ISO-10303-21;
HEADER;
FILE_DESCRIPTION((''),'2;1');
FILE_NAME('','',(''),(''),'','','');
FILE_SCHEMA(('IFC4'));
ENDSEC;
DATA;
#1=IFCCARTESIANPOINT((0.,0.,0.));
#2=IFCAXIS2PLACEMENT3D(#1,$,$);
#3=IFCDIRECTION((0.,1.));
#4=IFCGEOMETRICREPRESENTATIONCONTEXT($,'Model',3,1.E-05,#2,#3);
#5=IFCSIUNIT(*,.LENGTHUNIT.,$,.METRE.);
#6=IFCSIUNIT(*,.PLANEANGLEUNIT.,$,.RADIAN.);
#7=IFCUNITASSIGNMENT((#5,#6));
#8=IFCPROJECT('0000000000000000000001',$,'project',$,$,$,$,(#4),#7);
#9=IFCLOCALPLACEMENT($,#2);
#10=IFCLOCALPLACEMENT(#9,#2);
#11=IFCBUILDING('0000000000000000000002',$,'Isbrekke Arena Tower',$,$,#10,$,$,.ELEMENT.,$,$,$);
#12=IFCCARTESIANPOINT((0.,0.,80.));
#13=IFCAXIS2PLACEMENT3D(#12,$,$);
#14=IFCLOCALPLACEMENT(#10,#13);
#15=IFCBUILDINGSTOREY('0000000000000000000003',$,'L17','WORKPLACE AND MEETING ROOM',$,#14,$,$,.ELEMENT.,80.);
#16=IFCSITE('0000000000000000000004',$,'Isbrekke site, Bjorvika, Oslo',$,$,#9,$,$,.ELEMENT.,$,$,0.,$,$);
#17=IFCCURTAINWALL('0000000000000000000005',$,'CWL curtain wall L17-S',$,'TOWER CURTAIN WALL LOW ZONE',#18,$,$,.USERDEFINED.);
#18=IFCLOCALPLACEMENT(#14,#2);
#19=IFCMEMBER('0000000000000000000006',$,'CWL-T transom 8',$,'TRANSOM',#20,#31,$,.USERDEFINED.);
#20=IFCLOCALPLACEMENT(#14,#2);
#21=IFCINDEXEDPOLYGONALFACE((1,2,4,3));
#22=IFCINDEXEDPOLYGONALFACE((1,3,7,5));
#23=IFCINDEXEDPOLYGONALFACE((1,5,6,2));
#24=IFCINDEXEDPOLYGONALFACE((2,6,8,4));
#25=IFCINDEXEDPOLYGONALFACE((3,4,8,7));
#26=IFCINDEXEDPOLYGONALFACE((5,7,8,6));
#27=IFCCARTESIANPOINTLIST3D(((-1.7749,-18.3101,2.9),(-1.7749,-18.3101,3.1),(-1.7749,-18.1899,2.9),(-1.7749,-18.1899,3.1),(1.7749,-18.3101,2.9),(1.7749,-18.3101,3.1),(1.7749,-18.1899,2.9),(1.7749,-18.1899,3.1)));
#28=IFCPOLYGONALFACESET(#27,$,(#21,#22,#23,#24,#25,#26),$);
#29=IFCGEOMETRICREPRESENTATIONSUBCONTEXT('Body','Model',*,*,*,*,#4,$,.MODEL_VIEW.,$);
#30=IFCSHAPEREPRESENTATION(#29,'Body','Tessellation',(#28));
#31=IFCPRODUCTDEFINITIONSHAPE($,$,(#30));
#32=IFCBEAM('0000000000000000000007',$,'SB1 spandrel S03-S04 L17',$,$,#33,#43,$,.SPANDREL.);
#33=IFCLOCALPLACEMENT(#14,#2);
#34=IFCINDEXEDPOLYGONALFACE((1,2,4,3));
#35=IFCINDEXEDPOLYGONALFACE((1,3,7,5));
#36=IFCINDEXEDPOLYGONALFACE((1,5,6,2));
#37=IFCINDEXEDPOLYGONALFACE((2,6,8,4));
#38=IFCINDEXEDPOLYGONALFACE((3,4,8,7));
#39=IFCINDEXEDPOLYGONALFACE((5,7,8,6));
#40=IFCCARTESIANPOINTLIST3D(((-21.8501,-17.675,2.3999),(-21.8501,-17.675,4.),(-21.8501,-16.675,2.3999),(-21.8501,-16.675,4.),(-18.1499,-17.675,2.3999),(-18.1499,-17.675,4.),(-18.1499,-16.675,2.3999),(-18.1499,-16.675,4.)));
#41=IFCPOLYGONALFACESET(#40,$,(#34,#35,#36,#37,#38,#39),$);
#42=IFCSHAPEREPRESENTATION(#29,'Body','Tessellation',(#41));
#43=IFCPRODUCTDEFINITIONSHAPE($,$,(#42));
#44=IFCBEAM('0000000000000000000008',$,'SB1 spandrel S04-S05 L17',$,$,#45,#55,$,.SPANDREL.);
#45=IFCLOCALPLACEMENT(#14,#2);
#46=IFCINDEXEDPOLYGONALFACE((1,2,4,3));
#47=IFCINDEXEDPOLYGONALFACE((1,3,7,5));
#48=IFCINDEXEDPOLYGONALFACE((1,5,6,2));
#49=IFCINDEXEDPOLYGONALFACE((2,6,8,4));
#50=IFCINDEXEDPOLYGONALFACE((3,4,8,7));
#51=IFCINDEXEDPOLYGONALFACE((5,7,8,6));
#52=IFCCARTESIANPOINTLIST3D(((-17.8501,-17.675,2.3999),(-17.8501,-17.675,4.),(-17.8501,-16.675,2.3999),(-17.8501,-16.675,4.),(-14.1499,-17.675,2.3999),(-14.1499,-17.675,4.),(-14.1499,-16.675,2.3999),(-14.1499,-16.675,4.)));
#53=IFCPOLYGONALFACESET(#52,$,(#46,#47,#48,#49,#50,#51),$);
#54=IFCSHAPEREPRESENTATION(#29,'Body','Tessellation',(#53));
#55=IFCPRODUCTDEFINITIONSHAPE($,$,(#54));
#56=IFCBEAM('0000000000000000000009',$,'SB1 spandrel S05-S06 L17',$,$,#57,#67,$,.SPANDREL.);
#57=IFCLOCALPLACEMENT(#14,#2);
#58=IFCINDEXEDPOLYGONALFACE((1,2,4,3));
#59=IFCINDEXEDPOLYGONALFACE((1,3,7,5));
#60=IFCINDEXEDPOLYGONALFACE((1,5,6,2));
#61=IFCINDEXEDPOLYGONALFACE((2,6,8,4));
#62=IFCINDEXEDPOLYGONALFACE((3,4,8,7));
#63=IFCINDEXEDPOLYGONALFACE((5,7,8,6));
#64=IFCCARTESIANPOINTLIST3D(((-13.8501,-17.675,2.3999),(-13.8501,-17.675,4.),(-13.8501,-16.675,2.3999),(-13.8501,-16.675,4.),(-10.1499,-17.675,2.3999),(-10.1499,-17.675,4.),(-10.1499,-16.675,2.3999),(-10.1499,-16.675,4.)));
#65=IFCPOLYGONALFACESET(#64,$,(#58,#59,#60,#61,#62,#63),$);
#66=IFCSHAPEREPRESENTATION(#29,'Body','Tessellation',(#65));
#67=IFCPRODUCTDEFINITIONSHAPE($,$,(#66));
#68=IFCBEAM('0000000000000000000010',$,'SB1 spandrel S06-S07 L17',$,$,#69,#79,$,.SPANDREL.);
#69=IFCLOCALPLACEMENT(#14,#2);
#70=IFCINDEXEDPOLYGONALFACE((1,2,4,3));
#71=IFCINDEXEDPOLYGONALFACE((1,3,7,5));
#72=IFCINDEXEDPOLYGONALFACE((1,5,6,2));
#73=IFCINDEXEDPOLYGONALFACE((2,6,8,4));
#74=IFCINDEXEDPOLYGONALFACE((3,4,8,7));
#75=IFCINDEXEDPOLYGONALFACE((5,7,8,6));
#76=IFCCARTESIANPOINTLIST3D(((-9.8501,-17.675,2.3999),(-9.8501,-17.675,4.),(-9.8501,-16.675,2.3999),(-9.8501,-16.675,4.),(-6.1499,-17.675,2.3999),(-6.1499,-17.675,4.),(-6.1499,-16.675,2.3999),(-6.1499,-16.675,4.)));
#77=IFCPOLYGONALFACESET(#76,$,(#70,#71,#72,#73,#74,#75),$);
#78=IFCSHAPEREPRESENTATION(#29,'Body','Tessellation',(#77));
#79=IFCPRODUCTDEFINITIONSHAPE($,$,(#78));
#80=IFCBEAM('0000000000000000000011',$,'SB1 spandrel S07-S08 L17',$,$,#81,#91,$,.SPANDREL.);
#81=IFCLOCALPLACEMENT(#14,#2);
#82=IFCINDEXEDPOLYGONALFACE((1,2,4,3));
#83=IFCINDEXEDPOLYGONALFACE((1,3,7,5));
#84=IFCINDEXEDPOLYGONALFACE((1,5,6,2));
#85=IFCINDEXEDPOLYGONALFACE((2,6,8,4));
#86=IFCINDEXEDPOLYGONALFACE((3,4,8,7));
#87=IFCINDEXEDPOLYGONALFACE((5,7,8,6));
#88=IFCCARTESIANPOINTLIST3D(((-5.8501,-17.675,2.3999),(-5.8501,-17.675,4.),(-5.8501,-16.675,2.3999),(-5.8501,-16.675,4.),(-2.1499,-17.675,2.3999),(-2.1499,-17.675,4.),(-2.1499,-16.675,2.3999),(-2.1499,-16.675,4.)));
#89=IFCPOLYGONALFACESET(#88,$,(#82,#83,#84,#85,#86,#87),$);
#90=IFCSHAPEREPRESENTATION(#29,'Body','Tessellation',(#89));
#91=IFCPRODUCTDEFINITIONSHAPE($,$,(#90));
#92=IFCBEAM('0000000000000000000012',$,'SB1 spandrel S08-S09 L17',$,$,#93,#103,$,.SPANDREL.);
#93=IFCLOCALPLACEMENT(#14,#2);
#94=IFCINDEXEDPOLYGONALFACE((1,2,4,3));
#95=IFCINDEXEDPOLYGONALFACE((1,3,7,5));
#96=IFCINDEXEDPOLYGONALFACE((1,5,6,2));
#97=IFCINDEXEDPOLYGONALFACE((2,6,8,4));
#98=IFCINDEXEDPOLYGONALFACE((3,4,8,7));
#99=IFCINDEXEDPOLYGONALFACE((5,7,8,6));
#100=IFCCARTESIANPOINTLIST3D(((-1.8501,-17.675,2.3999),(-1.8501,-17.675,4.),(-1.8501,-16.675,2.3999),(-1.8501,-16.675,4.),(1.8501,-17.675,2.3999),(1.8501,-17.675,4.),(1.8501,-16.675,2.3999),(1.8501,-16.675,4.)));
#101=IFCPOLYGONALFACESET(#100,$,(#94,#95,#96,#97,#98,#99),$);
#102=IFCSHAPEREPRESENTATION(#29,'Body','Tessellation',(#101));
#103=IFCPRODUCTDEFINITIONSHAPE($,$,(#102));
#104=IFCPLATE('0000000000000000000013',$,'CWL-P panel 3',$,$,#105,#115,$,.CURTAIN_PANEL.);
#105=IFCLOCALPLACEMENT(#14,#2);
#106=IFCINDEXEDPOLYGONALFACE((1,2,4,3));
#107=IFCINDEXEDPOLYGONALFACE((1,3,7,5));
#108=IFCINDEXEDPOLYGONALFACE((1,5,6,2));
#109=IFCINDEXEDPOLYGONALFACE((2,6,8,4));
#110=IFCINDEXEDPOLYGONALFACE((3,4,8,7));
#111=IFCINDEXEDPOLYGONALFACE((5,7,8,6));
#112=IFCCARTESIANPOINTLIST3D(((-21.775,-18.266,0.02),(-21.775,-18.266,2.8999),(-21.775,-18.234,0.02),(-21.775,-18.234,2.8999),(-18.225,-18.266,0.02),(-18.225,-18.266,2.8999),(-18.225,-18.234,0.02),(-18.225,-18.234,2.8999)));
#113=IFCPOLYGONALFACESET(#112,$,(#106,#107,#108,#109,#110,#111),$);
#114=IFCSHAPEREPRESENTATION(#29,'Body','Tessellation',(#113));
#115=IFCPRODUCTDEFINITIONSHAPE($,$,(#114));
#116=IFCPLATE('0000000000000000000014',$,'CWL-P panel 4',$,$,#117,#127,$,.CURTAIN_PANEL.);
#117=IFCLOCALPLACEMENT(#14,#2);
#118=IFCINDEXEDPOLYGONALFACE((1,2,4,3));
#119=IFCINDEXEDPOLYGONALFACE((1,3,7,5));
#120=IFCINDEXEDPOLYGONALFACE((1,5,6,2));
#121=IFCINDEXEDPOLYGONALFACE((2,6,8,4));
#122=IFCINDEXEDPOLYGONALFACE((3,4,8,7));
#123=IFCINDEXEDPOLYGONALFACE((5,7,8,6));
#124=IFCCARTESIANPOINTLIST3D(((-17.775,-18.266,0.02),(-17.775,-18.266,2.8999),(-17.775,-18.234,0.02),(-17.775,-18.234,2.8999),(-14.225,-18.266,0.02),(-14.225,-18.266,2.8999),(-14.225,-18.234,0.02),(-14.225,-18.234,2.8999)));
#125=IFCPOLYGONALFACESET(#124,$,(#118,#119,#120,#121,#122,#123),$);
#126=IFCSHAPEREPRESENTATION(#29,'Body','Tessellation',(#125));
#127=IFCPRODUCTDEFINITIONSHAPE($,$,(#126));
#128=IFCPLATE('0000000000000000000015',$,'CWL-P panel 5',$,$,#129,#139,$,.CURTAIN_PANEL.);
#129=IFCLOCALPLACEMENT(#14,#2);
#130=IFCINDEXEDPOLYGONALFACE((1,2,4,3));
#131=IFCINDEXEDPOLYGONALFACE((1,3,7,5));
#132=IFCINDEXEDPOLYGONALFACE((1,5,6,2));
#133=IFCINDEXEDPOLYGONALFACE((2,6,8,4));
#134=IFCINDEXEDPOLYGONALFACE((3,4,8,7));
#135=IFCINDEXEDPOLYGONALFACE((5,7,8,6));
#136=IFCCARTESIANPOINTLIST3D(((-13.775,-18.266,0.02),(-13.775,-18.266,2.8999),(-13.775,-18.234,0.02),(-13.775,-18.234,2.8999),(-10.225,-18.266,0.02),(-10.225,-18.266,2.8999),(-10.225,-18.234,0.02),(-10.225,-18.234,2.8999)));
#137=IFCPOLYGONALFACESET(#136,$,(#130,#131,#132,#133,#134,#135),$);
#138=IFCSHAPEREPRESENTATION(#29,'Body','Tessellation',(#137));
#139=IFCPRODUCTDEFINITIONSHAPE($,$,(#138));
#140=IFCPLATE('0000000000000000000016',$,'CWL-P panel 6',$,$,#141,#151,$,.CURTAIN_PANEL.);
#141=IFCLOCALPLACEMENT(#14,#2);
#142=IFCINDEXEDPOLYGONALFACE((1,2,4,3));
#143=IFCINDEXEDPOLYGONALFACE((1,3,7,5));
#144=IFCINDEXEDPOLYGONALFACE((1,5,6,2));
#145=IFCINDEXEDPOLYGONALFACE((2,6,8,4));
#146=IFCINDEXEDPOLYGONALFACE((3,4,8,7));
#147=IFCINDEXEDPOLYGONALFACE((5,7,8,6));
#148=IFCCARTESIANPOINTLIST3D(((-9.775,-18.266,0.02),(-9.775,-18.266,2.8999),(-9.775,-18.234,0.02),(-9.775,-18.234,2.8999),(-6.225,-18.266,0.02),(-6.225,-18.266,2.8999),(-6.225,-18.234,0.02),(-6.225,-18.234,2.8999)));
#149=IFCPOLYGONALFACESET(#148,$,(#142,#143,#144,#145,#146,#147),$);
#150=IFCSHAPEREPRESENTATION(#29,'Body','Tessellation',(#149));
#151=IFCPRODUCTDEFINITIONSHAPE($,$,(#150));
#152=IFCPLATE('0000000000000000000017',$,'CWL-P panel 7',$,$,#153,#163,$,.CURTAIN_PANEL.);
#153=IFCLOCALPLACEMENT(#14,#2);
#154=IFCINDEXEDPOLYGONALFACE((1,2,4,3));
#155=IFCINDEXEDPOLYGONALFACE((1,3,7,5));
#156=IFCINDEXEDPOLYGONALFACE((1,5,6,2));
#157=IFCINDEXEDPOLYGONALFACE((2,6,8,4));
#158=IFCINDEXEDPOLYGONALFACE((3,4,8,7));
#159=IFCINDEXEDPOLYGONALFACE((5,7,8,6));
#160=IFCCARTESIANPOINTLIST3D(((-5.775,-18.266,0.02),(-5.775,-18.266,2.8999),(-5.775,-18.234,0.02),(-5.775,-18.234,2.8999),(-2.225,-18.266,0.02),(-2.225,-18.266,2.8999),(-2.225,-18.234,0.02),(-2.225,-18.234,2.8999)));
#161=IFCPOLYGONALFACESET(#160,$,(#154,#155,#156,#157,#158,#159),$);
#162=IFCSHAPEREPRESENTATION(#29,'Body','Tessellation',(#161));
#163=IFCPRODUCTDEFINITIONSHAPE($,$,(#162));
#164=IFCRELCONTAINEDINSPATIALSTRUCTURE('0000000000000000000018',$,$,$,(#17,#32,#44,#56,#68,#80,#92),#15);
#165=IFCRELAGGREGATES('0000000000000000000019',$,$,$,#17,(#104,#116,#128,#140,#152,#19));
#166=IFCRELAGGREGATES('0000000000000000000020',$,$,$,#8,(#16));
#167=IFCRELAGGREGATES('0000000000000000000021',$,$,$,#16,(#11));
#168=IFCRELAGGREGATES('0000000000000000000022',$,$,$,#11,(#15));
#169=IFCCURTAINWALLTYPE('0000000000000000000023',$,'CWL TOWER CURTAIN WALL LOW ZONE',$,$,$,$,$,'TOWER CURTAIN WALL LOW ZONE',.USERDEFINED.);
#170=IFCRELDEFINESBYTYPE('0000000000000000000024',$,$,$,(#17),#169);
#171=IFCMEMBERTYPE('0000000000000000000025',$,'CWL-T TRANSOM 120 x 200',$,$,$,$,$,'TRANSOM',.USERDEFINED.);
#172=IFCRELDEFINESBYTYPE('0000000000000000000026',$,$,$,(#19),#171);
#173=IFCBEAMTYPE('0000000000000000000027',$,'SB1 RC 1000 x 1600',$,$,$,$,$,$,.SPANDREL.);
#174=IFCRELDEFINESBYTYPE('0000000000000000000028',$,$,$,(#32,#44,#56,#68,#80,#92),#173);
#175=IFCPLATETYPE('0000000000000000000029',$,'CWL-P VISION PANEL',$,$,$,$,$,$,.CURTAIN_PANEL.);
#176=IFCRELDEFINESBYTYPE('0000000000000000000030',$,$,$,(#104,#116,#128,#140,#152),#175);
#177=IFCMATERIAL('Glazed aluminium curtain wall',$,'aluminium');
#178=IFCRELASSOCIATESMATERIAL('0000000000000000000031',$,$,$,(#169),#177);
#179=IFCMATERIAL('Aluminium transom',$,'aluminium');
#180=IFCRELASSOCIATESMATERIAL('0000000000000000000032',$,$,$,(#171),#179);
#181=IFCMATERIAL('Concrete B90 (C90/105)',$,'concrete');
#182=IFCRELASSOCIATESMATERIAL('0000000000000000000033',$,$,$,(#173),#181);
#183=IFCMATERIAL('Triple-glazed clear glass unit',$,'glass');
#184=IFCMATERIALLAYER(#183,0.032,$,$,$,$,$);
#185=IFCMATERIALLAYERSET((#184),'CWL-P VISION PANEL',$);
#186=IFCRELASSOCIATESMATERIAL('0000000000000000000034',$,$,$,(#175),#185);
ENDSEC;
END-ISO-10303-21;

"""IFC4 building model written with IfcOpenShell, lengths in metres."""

from ifc_helpers import new_model, si_unit, direction, frame, origin, origin_2d, place, context, subcontext, project, spatial, rectangle, extrude, material, layer, layer_set, material_profile, profile_set, type_object, element, aggregate, save


model = new_model("IFC4")

# Units and contexts
model_context = context("Model", 3, precision=1e-05, world=origin(), true_north=direction((0.0, 1.0)))
body_context = subcontext(model_context, "Body", "Model", "MODEL_VIEW")
ifc_project = project(units=[si_unit("LENGTHUNIT", "METRE"), si_unit("PLANEANGLEUNIT", "RADIAN")], contexts=[model_context])

# Site, building, storey
site_placement = place(None, origin())
site = spatial("IfcSite", under=ifc_project, at=site_placement, Name="Isbrekke site, Bjorvika, Oslo", CompositionType="ELEMENT", RefElevation=0.0)
building_placement = place(site_placement, origin())
building = spatial("IfcBuilding", under=site, at=building_placement, Name="Isbrekke Arena Tower", CompositionType="ELEMENT")
storey_placement = place(building_placement, frame((0.0, 0.0, 80.0)))
storey = spatial("IfcBuildingStorey", under=building, at=storey_placement, Name="L17", Description="WORKPLACE AND MEETING ROOM", CompositionType="ELEMENT", Elevation=80.0)

# Curtain wall, member
ifc_material_1 = material(Name="Glazed aluminium curtain wall", Category="aluminium")
curtain_wall_type = type_object("IfcCurtainWallType", Name="CWL TOWER CURTAIN WALL LOW ZONE", ElementType="TOWER CURTAIN WALL LOW ZONE", PredefinedType="USERDEFINED", material=ifc_material_1)
curtain_wall_placement = place(storey_placement, origin())
curtain_wall = element("IfcCurtainWall", 1, at=curtain_wall_placement, inside=storey, type_object=curtain_wall_type, Name="CWL curtain wall L17-S", ObjectType="TOWER CURTAIN WALL LOW ZONE", PredefinedType="USERDEFINED")
ifc_material_2 = material(Name="Aluminium transom", Category="aluminium")
ifc_material_profile_1 = material_profile(ifc_material_2, rectangle(XDim=0.1201, YDim=0.2, at=origin_2d()), Name="TRANSOM 120X200")
ifc_profile_set_1 = profile_set([ifc_material_profile_1], Name="Aluminium transom")
member_type_1 = type_object("IfcMemberType", Name="CWL-T TRANSOM 120 x 200", ElementType="TRANSOM", PredefinedType="USERDEFINED", material=ifc_profile_set_1)
member_1_placement = place(storey_placement, frame((-1.7749, -18.25, 3.0), z_axis=(1.0, 0.0, 0.0), x_axis=(0.0, 1.0, 0.0)))
member_1 = element("IfcMember", 2, at=member_1_placement, type_object=member_type_1, Name="CWL-T transom 8", ObjectType="TRANSOM", PredefinedType="USERDEFINED", context=body_context, shape_type="SweptSolid", body=[
    extrude(rectangle(XDim=0.1201, YDim=0.2, at=origin_2d()), origin(), (0.0, 0.0, 1.0), 3.5498),
])

# Beams
ifc_material_3 = material(Name="Concrete B90 (C90/105)", Category="concrete")
ifc_material_profile_2 = material_profile(ifc_material_3, rectangle(XDim=1.0, YDim=1.6001, at=origin_2d()), Name="RC 1000x1600")
ifc_profile_set_2 = profile_set([ifc_material_profile_2], Name="Concrete B90 (C90/105)")
beam_type = type_object("IfcBeamType", Name="SB1 RC 1000 x 1600", PredefinedType="SPANDREL", material=ifc_profile_set_2)
for number, where, z_axis, x_axis, name in (
    (3, (-21.8501, -17.175, 3.2), (1.0, 0.0, 0.0), (0.0, 1.0, 0.0), "SB1 spandrel S03-S04 L17"),
    (4, (-17.8501, -17.175, 3.2), (1.0, 0.0, 0.0), (0.0, 1.0, 0.0), "SB1 spandrel S04-S05 L17"),
    (5, (-13.8501, -17.175, 3.2), (1.0, 0.0, 0.0), (0.0, 1.0, 0.0), "SB1 spandrel S05-S06 L17"),
    (6, (-9.8501, -17.175, 3.2), (1.0, 0.0, 0.0), (0.0, 1.0, 0.0), "SB1 spandrel S06-S07 L17"),
    (7, (-5.8501, -17.175, 3.2), (1.0, 0.0, 0.0), (0.0, 1.0, 0.0), "SB1 spandrel S07-S08 L17"),
    (8, (-1.8501, -17.175, 3.2), (1.0, 0.0, 0.0), (0.0, 1.0, 0.0), "SB1 spandrel S08-S09 L17"),
):
    element("IfcBeam", number, at=place(storey_placement, frame(where, z_axis=z_axis, x_axis=x_axis)), inside=storey, type_object=beam_type, Name=name, PredefinedType="SPANDREL", context=body_context, shape_type="SweptSolid", body=[
        extrude(rectangle(XDim=1.0, YDim=1.6001, at=origin_2d()), origin(), (0.0, 0.0, 1.0), 3.7002),
    ])

# Plates
ifc_material_4 = material(Name="Triple-glazed clear glass unit", Category="glass")
ifc_layer = layer(ifc_material_4, 0.032)
ifc_layer_set = layer_set([ifc_layer], Name="CWL-P VISION PANEL")
plate_type = type_object("IfcPlateType", Name="CWL-P VISION PANEL", PredefinedType="CURTAIN_PANEL", material=ifc_layer_set)
plate_1_placement = place(storey_placement, frame((-20.0, -18.25, 0.02), z_axis=(0.0, 0.0, 1.0), x_axis=(1.0, 0.0, 0.0)))
plate_1 = element("IfcPlate", 9, at=plate_1_placement, type_object=plate_type, Name="CWL-P panel 3", PredefinedType="CURTAIN_PANEL", context=body_context, shape_type="SweptSolid", body=[
    extrude(rectangle(XDim=3.55, YDim=0.032, at=origin_2d()), origin(), (0.0, 0.0, 1.0), 2.8799),
])
plate_2_placement = place(storey_placement, frame((-16.0, -18.25, 0.02), z_axis=(0.0, 0.0, 1.0), x_axis=(1.0, 0.0, 0.0)))
plate_2 = element("IfcPlate", 10, at=plate_2_placement, type_object=plate_type, Name="CWL-P panel 4", PredefinedType="CURTAIN_PANEL", context=body_context, shape_type="SweptSolid", body=[
    extrude(rectangle(XDim=3.55, YDim=0.032, at=origin_2d()), origin(), (0.0, 0.0, 1.0), 2.8799),
])
plate_3_placement = place(storey_placement, frame((-12.0, -18.25, 0.02), z_axis=(0.0, 0.0, 1.0), x_axis=(1.0, 0.0, 0.0)))
plate_3 = element("IfcPlate", 11, at=plate_3_placement, type_object=plate_type, Name="CWL-P panel 5", PredefinedType="CURTAIN_PANEL", context=body_context, shape_type="SweptSolid", body=[
    extrude(rectangle(XDim=3.55, YDim=0.032, at=origin_2d()), origin(), (0.0, 0.0, 1.0), 2.8799),
])
plate_4_placement = place(storey_placement, frame((-8.0, -18.25, 0.02), z_axis=(0.0, 0.0, 1.0), x_axis=(1.0, 0.0, 0.0)))
plate_4 = element("IfcPlate", 12, at=plate_4_placement, type_object=plate_type, Name="CWL-P panel 6", PredefinedType="CURTAIN_PANEL", context=body_context, shape_type="SweptSolid", body=[
    extrude(rectangle(XDim=3.55, YDim=0.032, at=origin_2d()), origin(), (0.0, 0.0, 1.0), 2.8799),
])
plate_5_placement = place(storey_placement, frame((-4.0, -18.25, 0.02), z_axis=(0.0, 0.0, 1.0), x_axis=(1.0, 0.0, 0.0)))
plate_5 = element("IfcPlate", 13, at=plate_5_placement, type_object=plate_type, Name="CWL-P panel 7", PredefinedType="CURTAIN_PANEL", context=body_context, shape_type="SweptSolid", body=[
    extrude(rectangle(XDim=3.55, YDim=0.032, at=origin_2d()), origin(), (0.0, 0.0, 1.0), 2.8799),
])
aggregate(curtain_wall, [plate_1, plate_2, plate_3, plate_4, plate_5, member_1])

save(model, "model.ifc")
